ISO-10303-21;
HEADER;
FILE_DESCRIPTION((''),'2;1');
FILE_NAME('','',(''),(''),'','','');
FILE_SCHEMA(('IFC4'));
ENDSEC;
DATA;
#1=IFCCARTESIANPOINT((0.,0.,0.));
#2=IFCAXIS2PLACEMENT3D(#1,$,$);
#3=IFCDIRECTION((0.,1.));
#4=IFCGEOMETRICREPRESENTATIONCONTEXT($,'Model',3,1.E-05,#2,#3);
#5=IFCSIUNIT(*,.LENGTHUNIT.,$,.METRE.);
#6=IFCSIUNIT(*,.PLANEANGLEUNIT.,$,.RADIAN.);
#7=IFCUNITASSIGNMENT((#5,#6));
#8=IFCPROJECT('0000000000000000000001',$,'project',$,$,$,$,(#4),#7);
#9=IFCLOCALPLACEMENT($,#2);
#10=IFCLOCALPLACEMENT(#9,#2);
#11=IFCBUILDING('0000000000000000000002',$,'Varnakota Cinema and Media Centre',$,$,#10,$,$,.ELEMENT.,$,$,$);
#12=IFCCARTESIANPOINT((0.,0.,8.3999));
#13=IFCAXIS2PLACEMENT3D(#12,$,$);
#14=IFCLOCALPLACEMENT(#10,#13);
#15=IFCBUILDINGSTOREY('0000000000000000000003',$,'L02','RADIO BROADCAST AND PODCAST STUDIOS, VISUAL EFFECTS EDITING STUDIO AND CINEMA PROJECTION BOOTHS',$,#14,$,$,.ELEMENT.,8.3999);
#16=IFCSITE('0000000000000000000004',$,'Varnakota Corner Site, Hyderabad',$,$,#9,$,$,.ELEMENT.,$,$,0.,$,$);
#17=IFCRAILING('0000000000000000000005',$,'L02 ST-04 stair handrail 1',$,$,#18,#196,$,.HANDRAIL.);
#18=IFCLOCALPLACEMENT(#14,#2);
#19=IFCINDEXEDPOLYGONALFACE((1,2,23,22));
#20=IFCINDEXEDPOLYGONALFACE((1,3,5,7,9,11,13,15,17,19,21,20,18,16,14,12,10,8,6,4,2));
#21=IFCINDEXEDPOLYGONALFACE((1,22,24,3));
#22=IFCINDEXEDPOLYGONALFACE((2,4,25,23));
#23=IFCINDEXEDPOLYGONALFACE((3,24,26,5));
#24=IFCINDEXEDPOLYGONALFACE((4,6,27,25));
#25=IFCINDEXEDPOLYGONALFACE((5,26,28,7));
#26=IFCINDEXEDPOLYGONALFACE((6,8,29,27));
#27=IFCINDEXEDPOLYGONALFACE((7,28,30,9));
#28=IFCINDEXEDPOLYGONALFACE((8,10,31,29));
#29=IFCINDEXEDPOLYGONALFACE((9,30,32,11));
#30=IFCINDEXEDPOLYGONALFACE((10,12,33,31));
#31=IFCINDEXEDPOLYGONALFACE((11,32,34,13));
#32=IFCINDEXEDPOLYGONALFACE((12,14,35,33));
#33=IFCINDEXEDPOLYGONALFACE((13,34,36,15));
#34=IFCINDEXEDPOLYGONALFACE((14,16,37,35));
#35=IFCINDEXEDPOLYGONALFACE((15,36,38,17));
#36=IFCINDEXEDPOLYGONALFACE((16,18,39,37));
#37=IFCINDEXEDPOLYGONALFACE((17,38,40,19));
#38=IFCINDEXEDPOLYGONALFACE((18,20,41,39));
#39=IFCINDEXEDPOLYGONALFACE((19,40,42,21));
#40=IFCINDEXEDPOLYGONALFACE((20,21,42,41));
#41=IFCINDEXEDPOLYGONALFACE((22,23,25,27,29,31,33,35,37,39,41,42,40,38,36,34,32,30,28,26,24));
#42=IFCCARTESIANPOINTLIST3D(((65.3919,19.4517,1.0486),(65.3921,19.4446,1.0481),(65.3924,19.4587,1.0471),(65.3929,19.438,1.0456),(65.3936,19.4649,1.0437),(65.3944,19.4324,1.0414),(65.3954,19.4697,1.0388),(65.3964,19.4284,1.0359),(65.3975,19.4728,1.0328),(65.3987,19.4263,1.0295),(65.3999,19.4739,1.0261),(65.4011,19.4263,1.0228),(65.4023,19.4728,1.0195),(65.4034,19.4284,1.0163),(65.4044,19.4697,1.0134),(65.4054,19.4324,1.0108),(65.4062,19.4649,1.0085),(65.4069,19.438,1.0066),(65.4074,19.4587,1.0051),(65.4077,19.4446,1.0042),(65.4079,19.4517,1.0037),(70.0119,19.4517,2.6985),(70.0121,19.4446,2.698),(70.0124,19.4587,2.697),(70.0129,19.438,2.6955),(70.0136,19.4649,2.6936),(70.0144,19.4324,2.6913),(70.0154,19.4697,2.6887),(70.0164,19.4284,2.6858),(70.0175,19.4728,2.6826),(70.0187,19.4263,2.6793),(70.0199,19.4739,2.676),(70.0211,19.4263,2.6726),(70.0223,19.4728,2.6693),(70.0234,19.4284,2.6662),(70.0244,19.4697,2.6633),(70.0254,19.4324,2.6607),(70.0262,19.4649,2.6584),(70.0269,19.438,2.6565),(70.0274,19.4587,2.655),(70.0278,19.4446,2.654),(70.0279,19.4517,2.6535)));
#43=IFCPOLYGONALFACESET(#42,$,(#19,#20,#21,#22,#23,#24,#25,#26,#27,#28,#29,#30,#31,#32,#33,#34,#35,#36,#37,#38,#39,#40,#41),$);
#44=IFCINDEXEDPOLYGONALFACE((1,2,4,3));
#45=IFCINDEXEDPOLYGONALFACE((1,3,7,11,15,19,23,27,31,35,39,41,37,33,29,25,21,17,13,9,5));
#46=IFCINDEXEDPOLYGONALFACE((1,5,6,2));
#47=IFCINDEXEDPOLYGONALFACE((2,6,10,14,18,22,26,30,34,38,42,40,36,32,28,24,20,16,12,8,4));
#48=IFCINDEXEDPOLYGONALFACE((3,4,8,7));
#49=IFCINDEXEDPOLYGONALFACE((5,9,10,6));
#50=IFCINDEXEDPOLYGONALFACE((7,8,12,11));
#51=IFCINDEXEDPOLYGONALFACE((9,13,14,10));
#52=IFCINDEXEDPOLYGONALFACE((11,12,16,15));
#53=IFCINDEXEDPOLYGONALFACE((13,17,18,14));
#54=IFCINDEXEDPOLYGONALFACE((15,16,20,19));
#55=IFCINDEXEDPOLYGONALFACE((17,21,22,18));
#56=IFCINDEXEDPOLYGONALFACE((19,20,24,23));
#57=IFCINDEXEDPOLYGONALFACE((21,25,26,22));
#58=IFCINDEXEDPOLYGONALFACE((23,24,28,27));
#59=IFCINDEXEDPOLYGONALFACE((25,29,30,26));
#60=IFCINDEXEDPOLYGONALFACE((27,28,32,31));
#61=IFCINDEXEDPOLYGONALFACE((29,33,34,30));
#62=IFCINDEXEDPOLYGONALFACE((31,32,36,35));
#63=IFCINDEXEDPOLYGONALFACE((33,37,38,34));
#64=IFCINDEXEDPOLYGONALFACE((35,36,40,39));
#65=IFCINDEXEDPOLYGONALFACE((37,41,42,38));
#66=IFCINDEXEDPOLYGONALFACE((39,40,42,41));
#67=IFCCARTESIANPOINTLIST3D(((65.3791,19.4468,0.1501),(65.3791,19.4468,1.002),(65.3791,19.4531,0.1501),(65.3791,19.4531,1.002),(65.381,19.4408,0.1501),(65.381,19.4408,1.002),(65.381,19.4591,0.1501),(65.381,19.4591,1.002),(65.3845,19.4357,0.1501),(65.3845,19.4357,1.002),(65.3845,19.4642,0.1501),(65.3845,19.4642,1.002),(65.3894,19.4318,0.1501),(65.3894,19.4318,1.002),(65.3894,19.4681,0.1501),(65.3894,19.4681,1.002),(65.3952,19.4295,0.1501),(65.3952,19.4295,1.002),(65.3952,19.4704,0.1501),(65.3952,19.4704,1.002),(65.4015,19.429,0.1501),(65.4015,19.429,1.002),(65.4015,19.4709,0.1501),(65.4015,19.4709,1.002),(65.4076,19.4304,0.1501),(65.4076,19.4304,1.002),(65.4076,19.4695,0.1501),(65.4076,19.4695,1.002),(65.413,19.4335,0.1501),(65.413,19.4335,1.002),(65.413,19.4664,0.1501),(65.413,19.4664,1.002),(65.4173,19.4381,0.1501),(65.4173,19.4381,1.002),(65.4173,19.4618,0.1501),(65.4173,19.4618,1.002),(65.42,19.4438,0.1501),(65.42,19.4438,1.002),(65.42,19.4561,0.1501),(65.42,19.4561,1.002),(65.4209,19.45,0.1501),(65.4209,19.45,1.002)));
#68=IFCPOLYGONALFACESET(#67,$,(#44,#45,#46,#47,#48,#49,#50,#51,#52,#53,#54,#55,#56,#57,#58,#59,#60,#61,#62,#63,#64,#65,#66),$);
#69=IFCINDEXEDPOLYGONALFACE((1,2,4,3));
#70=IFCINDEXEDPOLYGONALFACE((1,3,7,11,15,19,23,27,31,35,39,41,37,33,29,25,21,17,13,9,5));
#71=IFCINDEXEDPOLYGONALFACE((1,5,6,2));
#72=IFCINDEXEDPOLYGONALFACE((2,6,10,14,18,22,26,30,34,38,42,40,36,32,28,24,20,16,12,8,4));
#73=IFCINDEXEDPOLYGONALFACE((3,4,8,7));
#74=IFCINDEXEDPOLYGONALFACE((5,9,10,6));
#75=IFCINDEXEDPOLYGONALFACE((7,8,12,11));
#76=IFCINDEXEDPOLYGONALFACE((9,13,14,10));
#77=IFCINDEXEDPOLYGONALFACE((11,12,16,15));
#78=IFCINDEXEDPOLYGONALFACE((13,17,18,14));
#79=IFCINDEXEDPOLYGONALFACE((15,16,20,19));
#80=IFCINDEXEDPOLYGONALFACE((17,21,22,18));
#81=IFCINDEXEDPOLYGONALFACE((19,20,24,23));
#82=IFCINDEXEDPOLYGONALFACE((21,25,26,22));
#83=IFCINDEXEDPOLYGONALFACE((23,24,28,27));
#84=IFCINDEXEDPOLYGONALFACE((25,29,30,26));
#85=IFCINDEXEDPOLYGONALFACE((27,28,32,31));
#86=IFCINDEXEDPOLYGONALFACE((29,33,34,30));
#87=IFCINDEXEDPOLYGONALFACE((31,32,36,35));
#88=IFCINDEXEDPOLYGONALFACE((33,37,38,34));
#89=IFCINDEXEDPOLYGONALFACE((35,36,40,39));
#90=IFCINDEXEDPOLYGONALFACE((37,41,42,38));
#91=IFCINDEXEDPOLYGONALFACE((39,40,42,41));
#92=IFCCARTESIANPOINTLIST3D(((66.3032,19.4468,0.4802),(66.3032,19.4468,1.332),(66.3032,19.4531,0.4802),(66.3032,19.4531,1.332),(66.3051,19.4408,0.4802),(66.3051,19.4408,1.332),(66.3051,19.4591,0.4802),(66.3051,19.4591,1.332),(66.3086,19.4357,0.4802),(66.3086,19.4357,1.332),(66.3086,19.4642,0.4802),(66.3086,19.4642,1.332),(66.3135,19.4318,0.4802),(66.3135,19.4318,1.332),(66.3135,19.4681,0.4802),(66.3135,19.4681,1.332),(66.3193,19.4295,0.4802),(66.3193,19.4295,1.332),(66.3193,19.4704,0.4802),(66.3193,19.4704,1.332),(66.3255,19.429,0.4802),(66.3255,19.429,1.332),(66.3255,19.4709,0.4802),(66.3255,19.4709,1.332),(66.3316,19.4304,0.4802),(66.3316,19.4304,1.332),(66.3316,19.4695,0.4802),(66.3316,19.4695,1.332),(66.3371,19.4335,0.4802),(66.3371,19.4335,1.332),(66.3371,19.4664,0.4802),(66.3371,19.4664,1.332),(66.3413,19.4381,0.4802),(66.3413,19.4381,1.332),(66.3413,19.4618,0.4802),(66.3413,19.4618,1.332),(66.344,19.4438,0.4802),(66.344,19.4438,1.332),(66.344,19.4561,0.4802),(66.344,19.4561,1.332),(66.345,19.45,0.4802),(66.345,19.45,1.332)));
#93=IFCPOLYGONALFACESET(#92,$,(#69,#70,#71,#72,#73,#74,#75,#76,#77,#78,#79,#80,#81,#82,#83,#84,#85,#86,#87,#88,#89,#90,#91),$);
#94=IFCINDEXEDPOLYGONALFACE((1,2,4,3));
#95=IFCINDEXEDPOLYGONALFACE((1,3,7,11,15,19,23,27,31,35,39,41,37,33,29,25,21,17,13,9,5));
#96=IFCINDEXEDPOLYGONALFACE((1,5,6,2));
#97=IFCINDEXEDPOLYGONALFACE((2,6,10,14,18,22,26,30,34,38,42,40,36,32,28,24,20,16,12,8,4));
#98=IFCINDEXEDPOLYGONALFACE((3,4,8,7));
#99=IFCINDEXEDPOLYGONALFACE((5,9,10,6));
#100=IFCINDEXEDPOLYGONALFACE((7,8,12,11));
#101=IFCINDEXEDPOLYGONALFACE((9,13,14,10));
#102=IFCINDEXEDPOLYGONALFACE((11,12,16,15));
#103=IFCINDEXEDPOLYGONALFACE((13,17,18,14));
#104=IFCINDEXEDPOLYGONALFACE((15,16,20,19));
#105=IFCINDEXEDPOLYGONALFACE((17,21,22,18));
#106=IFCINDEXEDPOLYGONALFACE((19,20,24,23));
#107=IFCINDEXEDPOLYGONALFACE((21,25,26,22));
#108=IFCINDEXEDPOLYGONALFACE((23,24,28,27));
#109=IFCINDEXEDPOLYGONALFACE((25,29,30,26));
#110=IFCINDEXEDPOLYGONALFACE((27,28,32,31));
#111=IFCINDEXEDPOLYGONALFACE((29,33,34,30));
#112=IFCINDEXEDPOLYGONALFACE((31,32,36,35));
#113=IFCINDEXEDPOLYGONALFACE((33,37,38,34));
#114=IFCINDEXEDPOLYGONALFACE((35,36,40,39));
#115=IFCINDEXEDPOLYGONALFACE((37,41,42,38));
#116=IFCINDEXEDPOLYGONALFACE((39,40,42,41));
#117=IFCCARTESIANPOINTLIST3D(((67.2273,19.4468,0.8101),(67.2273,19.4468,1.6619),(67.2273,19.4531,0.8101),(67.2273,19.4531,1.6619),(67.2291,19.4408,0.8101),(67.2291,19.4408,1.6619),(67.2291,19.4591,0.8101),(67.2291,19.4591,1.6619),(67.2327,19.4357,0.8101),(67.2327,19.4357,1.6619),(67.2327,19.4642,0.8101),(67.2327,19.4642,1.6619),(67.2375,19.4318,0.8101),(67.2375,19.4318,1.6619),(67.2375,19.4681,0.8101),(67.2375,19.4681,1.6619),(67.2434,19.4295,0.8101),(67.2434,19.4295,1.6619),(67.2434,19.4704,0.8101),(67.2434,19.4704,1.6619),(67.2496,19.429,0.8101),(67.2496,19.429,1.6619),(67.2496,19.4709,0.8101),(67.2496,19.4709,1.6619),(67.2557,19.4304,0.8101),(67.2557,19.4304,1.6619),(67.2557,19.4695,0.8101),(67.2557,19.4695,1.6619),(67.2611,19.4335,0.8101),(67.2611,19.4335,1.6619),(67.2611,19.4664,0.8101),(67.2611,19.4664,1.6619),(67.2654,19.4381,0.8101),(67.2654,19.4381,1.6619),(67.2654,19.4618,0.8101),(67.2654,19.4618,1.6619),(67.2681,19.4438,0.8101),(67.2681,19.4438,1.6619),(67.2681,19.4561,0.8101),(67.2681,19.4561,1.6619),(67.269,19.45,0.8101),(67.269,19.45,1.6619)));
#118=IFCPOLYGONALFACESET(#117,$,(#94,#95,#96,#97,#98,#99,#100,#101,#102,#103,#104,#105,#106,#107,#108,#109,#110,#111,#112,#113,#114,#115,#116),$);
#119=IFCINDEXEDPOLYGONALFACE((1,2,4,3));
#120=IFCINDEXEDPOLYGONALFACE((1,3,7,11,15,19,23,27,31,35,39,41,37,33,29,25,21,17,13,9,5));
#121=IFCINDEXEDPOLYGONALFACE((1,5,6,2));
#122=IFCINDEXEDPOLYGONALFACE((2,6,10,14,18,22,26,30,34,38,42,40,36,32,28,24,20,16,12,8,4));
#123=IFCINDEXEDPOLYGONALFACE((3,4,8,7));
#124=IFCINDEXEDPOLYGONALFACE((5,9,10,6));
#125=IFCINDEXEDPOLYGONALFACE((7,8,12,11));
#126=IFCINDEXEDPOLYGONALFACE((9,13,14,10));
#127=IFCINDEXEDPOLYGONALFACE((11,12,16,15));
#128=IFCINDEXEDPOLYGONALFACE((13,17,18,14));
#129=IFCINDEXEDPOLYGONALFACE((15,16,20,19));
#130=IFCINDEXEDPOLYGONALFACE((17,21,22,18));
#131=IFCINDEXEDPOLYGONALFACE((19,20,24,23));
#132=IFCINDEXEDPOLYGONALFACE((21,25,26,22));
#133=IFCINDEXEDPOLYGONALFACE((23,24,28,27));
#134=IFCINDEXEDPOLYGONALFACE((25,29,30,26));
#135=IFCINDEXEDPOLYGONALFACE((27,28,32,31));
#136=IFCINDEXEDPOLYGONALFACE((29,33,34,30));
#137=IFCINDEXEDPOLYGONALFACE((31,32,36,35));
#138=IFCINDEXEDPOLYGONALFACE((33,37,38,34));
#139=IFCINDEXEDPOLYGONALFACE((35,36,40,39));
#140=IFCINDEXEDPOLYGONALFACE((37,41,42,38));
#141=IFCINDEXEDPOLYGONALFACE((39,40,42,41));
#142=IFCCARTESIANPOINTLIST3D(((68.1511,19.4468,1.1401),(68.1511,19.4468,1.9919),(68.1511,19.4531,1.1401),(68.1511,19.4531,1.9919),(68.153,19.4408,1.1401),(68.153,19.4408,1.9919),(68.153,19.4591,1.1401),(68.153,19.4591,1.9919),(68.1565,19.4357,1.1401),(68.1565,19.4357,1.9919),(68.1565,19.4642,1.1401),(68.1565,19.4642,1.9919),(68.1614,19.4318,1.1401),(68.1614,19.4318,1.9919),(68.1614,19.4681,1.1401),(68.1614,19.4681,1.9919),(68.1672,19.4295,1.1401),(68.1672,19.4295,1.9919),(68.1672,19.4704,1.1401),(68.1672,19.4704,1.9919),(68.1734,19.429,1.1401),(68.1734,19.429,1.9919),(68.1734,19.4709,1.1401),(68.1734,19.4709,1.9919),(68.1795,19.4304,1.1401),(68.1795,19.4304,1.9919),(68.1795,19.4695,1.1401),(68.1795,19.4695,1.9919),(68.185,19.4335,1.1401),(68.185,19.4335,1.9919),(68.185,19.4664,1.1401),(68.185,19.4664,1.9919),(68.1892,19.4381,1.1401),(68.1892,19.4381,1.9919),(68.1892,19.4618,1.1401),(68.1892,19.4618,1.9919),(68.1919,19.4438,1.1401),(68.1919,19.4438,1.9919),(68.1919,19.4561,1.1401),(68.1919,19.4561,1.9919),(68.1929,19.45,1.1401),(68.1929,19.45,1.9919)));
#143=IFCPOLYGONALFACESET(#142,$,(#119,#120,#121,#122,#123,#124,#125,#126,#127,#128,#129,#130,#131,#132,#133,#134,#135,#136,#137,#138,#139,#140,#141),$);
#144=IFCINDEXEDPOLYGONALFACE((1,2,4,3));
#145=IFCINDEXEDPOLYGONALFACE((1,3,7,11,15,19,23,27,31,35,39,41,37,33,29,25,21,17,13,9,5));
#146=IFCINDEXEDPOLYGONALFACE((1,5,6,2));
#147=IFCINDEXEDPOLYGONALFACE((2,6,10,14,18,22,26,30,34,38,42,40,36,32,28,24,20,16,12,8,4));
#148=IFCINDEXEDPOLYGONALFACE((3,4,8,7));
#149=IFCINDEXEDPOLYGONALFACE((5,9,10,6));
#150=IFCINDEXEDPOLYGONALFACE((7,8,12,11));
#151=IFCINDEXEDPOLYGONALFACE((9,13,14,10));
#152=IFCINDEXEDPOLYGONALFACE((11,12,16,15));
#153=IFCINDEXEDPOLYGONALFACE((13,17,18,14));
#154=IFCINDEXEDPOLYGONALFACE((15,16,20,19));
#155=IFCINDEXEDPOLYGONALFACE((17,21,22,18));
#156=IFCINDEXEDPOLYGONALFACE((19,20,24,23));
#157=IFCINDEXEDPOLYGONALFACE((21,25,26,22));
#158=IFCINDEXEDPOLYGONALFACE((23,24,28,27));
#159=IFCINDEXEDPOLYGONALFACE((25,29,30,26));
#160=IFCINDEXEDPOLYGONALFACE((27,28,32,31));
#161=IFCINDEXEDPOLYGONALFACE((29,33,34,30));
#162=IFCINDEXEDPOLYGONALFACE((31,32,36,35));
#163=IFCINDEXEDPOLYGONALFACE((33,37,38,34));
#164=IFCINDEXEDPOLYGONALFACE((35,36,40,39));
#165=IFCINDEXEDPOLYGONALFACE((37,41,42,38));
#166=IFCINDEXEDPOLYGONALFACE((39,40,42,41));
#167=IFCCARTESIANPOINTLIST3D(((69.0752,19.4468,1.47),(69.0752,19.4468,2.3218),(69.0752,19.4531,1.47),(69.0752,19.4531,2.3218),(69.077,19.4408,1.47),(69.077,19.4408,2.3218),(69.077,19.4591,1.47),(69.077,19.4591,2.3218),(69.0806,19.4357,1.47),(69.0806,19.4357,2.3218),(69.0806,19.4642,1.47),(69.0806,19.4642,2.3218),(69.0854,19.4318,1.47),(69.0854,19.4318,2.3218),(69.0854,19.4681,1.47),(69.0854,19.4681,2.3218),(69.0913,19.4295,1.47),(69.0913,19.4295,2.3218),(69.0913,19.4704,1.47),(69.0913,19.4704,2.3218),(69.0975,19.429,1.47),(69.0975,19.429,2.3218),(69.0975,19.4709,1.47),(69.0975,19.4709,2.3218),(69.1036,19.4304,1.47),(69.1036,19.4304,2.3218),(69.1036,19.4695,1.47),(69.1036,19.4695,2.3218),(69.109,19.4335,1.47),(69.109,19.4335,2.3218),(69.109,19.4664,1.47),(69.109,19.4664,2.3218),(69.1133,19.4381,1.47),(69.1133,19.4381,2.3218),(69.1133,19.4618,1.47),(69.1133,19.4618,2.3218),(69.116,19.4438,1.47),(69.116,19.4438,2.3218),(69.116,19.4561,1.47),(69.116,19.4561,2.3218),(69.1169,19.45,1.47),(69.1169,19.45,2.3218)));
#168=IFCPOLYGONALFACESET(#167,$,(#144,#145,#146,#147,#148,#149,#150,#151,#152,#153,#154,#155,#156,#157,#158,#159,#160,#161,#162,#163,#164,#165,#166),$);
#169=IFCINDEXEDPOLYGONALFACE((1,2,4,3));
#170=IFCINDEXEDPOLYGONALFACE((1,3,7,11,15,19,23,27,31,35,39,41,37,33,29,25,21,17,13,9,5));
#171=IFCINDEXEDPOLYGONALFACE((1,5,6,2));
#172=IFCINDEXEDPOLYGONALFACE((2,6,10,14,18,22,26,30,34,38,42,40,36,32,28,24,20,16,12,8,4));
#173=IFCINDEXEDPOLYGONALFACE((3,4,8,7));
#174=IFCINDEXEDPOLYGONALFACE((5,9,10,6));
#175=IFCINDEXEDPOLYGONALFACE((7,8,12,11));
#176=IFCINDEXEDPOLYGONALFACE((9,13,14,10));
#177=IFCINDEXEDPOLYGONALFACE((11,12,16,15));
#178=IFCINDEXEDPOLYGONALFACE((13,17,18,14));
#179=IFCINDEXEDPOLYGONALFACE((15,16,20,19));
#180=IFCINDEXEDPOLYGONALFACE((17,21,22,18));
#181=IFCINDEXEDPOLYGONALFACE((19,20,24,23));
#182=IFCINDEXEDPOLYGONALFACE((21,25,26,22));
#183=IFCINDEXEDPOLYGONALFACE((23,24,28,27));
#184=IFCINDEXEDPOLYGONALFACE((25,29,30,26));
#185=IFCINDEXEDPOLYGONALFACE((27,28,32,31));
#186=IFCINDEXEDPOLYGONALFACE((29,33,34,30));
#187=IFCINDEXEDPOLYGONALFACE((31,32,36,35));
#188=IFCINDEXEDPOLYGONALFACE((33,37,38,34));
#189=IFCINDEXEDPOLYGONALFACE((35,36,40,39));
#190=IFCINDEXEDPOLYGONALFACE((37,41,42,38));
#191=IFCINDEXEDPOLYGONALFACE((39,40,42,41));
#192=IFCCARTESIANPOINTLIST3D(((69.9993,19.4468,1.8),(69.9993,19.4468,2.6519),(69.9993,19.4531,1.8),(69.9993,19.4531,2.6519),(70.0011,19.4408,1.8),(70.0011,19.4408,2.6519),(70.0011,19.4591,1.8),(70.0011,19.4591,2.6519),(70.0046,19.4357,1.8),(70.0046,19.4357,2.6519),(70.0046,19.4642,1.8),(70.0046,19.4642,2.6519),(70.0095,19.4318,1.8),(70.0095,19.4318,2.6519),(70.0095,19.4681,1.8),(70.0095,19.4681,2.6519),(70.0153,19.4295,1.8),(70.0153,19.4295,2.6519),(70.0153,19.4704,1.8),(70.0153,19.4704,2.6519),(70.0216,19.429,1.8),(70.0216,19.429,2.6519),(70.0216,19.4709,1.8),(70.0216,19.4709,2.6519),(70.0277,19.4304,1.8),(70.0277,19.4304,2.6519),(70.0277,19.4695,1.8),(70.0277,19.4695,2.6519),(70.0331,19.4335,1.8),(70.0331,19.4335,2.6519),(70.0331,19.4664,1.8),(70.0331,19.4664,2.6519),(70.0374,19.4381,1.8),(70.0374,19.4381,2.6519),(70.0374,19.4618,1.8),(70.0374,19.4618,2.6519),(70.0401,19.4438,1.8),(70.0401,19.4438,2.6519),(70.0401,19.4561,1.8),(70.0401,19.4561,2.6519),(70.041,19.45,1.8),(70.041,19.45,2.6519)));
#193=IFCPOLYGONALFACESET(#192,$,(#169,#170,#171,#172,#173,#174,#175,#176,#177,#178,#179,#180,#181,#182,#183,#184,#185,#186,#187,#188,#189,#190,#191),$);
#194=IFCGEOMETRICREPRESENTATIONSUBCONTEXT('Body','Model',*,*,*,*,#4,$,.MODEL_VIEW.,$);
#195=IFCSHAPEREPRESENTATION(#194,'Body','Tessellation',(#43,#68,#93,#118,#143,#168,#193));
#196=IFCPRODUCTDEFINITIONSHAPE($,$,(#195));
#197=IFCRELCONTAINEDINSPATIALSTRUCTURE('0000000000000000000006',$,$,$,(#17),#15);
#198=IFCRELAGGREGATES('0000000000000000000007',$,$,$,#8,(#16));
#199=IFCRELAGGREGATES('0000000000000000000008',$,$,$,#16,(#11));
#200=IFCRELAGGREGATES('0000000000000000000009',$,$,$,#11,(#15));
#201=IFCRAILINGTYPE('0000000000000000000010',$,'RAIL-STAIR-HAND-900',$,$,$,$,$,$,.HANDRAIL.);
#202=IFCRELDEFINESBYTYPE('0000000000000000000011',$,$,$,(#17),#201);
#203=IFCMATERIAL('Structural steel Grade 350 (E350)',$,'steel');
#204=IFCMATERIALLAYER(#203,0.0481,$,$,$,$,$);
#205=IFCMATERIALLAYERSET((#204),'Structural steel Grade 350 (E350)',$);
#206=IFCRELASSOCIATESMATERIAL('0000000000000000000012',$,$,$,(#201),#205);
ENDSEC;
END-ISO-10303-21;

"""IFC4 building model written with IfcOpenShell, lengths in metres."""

from ifc_helpers import new_model, si_unit, direction, frame, origin, origin_2d, place, context, subcontext, project, spatial, circle, extrude, material, layer, layer_set, type_object, element, save


model = new_model("IFC4")

# Units and contexts
model_context = context("Model", 3, precision=1e-05, world=origin(), true_north=direction((0.0, 1.0)))
body_context = subcontext(model_context, "Body", "Model", "MODEL_VIEW")
ifc_project = project(units=[si_unit("LENGTHUNIT", "METRE"), si_unit("PLANEANGLEUNIT", "RADIAN")], contexts=[model_context])

# Site, building, storey
site_placement = place(None, origin())
site = spatial("IfcSite", under=ifc_project, at=site_placement, Name="Varnakota Corner Site, Hyderabad", CompositionType="ELEMENT", RefElevation=0.0)
building_placement = place(site_placement, origin())
building = spatial("IfcBuilding", under=site, at=building_placement, Name="Varnakota Cinema and Media Centre", CompositionType="ELEMENT")
storey_placement = place(building_placement, frame((0.0, 0.0, 8.3999)))
storey = spatial("IfcBuildingStorey", under=building, at=storey_placement, Name="L02", Description="RADIO BROADCAST AND PODCAST STUDIOS, VISUAL EFFECTS EDITING STUDIO AND CINEMA PROJECTION BOOTHS", CompositionType="ELEMENT", Elevation=8.3999)

# Railing
ifc_material_1 = material(Name="Structural steel Grade 350 (E350)", Category="steel")
ifc_layer_1 = layer(ifc_material_1, 0.0481)
ifc_layer_set_1 = layer_set([ifc_layer_1], Name="Structural steel Grade 350 (E350)")
railing_type_1 = type_object("IfcRailingType", Name="RAIL-STAIR-HAND-900", PredefinedType="HANDRAIL", material=ifc_layer_set_1)
railing_1_placement = place(storey_placement, frame((65.3999, 19.45, 0.1501)))
element("IfcRailing", 1, at=railing_1_placement, inside=storey, type_object=railing_type_1, Name="L02 ST-04 stair handrail 1", PredefinedType="HANDRAIL", context=body_context, shape_type="SweptSolid", body=[
    extrude(circle(Radius=0.0239, at=origin_2d()), frame((0.0, 0.0, 0.876), z_axis=(0.941751, 0.0, 0.336311), x_axis=(0.0, 1.0, 0.0)), (0.0, 0.0, 1.0), 4.9058),
    extrude(circle(Radius=0.021, at=origin_2d()), origin(), (0.0, 0.0, 1.0), 0.8518),
    extrude(circle(Radius=0.021, at=origin_2d()), frame((0.9241, 0.0, 0.3301)), (0.0, 0.0, 1.0), 0.8518),
    extrude(circle(Radius=0.021, at=origin_2d()), frame((1.8481, 0.0, 0.6599)), (0.0, 0.0, 1.0), 0.8518),
    extrude(circle(Radius=0.021, at=origin_2d()), frame((2.772, 0.0, 0.99)), (0.0, 0.0, 1.0), 0.8518),
    extrude(circle(Radius=0.021, at=origin_2d()), frame((3.696, 0.0, 1.3198)), (0.0, 0.0, 1.0), 0.8518),
    extrude(circle(Radius=0.021, at=origin_2d()), frame((4.6201, 0.0, 1.6499)), (0.0, 0.0, 1.0), 0.8518),
])

save(model, "model.ifc")
